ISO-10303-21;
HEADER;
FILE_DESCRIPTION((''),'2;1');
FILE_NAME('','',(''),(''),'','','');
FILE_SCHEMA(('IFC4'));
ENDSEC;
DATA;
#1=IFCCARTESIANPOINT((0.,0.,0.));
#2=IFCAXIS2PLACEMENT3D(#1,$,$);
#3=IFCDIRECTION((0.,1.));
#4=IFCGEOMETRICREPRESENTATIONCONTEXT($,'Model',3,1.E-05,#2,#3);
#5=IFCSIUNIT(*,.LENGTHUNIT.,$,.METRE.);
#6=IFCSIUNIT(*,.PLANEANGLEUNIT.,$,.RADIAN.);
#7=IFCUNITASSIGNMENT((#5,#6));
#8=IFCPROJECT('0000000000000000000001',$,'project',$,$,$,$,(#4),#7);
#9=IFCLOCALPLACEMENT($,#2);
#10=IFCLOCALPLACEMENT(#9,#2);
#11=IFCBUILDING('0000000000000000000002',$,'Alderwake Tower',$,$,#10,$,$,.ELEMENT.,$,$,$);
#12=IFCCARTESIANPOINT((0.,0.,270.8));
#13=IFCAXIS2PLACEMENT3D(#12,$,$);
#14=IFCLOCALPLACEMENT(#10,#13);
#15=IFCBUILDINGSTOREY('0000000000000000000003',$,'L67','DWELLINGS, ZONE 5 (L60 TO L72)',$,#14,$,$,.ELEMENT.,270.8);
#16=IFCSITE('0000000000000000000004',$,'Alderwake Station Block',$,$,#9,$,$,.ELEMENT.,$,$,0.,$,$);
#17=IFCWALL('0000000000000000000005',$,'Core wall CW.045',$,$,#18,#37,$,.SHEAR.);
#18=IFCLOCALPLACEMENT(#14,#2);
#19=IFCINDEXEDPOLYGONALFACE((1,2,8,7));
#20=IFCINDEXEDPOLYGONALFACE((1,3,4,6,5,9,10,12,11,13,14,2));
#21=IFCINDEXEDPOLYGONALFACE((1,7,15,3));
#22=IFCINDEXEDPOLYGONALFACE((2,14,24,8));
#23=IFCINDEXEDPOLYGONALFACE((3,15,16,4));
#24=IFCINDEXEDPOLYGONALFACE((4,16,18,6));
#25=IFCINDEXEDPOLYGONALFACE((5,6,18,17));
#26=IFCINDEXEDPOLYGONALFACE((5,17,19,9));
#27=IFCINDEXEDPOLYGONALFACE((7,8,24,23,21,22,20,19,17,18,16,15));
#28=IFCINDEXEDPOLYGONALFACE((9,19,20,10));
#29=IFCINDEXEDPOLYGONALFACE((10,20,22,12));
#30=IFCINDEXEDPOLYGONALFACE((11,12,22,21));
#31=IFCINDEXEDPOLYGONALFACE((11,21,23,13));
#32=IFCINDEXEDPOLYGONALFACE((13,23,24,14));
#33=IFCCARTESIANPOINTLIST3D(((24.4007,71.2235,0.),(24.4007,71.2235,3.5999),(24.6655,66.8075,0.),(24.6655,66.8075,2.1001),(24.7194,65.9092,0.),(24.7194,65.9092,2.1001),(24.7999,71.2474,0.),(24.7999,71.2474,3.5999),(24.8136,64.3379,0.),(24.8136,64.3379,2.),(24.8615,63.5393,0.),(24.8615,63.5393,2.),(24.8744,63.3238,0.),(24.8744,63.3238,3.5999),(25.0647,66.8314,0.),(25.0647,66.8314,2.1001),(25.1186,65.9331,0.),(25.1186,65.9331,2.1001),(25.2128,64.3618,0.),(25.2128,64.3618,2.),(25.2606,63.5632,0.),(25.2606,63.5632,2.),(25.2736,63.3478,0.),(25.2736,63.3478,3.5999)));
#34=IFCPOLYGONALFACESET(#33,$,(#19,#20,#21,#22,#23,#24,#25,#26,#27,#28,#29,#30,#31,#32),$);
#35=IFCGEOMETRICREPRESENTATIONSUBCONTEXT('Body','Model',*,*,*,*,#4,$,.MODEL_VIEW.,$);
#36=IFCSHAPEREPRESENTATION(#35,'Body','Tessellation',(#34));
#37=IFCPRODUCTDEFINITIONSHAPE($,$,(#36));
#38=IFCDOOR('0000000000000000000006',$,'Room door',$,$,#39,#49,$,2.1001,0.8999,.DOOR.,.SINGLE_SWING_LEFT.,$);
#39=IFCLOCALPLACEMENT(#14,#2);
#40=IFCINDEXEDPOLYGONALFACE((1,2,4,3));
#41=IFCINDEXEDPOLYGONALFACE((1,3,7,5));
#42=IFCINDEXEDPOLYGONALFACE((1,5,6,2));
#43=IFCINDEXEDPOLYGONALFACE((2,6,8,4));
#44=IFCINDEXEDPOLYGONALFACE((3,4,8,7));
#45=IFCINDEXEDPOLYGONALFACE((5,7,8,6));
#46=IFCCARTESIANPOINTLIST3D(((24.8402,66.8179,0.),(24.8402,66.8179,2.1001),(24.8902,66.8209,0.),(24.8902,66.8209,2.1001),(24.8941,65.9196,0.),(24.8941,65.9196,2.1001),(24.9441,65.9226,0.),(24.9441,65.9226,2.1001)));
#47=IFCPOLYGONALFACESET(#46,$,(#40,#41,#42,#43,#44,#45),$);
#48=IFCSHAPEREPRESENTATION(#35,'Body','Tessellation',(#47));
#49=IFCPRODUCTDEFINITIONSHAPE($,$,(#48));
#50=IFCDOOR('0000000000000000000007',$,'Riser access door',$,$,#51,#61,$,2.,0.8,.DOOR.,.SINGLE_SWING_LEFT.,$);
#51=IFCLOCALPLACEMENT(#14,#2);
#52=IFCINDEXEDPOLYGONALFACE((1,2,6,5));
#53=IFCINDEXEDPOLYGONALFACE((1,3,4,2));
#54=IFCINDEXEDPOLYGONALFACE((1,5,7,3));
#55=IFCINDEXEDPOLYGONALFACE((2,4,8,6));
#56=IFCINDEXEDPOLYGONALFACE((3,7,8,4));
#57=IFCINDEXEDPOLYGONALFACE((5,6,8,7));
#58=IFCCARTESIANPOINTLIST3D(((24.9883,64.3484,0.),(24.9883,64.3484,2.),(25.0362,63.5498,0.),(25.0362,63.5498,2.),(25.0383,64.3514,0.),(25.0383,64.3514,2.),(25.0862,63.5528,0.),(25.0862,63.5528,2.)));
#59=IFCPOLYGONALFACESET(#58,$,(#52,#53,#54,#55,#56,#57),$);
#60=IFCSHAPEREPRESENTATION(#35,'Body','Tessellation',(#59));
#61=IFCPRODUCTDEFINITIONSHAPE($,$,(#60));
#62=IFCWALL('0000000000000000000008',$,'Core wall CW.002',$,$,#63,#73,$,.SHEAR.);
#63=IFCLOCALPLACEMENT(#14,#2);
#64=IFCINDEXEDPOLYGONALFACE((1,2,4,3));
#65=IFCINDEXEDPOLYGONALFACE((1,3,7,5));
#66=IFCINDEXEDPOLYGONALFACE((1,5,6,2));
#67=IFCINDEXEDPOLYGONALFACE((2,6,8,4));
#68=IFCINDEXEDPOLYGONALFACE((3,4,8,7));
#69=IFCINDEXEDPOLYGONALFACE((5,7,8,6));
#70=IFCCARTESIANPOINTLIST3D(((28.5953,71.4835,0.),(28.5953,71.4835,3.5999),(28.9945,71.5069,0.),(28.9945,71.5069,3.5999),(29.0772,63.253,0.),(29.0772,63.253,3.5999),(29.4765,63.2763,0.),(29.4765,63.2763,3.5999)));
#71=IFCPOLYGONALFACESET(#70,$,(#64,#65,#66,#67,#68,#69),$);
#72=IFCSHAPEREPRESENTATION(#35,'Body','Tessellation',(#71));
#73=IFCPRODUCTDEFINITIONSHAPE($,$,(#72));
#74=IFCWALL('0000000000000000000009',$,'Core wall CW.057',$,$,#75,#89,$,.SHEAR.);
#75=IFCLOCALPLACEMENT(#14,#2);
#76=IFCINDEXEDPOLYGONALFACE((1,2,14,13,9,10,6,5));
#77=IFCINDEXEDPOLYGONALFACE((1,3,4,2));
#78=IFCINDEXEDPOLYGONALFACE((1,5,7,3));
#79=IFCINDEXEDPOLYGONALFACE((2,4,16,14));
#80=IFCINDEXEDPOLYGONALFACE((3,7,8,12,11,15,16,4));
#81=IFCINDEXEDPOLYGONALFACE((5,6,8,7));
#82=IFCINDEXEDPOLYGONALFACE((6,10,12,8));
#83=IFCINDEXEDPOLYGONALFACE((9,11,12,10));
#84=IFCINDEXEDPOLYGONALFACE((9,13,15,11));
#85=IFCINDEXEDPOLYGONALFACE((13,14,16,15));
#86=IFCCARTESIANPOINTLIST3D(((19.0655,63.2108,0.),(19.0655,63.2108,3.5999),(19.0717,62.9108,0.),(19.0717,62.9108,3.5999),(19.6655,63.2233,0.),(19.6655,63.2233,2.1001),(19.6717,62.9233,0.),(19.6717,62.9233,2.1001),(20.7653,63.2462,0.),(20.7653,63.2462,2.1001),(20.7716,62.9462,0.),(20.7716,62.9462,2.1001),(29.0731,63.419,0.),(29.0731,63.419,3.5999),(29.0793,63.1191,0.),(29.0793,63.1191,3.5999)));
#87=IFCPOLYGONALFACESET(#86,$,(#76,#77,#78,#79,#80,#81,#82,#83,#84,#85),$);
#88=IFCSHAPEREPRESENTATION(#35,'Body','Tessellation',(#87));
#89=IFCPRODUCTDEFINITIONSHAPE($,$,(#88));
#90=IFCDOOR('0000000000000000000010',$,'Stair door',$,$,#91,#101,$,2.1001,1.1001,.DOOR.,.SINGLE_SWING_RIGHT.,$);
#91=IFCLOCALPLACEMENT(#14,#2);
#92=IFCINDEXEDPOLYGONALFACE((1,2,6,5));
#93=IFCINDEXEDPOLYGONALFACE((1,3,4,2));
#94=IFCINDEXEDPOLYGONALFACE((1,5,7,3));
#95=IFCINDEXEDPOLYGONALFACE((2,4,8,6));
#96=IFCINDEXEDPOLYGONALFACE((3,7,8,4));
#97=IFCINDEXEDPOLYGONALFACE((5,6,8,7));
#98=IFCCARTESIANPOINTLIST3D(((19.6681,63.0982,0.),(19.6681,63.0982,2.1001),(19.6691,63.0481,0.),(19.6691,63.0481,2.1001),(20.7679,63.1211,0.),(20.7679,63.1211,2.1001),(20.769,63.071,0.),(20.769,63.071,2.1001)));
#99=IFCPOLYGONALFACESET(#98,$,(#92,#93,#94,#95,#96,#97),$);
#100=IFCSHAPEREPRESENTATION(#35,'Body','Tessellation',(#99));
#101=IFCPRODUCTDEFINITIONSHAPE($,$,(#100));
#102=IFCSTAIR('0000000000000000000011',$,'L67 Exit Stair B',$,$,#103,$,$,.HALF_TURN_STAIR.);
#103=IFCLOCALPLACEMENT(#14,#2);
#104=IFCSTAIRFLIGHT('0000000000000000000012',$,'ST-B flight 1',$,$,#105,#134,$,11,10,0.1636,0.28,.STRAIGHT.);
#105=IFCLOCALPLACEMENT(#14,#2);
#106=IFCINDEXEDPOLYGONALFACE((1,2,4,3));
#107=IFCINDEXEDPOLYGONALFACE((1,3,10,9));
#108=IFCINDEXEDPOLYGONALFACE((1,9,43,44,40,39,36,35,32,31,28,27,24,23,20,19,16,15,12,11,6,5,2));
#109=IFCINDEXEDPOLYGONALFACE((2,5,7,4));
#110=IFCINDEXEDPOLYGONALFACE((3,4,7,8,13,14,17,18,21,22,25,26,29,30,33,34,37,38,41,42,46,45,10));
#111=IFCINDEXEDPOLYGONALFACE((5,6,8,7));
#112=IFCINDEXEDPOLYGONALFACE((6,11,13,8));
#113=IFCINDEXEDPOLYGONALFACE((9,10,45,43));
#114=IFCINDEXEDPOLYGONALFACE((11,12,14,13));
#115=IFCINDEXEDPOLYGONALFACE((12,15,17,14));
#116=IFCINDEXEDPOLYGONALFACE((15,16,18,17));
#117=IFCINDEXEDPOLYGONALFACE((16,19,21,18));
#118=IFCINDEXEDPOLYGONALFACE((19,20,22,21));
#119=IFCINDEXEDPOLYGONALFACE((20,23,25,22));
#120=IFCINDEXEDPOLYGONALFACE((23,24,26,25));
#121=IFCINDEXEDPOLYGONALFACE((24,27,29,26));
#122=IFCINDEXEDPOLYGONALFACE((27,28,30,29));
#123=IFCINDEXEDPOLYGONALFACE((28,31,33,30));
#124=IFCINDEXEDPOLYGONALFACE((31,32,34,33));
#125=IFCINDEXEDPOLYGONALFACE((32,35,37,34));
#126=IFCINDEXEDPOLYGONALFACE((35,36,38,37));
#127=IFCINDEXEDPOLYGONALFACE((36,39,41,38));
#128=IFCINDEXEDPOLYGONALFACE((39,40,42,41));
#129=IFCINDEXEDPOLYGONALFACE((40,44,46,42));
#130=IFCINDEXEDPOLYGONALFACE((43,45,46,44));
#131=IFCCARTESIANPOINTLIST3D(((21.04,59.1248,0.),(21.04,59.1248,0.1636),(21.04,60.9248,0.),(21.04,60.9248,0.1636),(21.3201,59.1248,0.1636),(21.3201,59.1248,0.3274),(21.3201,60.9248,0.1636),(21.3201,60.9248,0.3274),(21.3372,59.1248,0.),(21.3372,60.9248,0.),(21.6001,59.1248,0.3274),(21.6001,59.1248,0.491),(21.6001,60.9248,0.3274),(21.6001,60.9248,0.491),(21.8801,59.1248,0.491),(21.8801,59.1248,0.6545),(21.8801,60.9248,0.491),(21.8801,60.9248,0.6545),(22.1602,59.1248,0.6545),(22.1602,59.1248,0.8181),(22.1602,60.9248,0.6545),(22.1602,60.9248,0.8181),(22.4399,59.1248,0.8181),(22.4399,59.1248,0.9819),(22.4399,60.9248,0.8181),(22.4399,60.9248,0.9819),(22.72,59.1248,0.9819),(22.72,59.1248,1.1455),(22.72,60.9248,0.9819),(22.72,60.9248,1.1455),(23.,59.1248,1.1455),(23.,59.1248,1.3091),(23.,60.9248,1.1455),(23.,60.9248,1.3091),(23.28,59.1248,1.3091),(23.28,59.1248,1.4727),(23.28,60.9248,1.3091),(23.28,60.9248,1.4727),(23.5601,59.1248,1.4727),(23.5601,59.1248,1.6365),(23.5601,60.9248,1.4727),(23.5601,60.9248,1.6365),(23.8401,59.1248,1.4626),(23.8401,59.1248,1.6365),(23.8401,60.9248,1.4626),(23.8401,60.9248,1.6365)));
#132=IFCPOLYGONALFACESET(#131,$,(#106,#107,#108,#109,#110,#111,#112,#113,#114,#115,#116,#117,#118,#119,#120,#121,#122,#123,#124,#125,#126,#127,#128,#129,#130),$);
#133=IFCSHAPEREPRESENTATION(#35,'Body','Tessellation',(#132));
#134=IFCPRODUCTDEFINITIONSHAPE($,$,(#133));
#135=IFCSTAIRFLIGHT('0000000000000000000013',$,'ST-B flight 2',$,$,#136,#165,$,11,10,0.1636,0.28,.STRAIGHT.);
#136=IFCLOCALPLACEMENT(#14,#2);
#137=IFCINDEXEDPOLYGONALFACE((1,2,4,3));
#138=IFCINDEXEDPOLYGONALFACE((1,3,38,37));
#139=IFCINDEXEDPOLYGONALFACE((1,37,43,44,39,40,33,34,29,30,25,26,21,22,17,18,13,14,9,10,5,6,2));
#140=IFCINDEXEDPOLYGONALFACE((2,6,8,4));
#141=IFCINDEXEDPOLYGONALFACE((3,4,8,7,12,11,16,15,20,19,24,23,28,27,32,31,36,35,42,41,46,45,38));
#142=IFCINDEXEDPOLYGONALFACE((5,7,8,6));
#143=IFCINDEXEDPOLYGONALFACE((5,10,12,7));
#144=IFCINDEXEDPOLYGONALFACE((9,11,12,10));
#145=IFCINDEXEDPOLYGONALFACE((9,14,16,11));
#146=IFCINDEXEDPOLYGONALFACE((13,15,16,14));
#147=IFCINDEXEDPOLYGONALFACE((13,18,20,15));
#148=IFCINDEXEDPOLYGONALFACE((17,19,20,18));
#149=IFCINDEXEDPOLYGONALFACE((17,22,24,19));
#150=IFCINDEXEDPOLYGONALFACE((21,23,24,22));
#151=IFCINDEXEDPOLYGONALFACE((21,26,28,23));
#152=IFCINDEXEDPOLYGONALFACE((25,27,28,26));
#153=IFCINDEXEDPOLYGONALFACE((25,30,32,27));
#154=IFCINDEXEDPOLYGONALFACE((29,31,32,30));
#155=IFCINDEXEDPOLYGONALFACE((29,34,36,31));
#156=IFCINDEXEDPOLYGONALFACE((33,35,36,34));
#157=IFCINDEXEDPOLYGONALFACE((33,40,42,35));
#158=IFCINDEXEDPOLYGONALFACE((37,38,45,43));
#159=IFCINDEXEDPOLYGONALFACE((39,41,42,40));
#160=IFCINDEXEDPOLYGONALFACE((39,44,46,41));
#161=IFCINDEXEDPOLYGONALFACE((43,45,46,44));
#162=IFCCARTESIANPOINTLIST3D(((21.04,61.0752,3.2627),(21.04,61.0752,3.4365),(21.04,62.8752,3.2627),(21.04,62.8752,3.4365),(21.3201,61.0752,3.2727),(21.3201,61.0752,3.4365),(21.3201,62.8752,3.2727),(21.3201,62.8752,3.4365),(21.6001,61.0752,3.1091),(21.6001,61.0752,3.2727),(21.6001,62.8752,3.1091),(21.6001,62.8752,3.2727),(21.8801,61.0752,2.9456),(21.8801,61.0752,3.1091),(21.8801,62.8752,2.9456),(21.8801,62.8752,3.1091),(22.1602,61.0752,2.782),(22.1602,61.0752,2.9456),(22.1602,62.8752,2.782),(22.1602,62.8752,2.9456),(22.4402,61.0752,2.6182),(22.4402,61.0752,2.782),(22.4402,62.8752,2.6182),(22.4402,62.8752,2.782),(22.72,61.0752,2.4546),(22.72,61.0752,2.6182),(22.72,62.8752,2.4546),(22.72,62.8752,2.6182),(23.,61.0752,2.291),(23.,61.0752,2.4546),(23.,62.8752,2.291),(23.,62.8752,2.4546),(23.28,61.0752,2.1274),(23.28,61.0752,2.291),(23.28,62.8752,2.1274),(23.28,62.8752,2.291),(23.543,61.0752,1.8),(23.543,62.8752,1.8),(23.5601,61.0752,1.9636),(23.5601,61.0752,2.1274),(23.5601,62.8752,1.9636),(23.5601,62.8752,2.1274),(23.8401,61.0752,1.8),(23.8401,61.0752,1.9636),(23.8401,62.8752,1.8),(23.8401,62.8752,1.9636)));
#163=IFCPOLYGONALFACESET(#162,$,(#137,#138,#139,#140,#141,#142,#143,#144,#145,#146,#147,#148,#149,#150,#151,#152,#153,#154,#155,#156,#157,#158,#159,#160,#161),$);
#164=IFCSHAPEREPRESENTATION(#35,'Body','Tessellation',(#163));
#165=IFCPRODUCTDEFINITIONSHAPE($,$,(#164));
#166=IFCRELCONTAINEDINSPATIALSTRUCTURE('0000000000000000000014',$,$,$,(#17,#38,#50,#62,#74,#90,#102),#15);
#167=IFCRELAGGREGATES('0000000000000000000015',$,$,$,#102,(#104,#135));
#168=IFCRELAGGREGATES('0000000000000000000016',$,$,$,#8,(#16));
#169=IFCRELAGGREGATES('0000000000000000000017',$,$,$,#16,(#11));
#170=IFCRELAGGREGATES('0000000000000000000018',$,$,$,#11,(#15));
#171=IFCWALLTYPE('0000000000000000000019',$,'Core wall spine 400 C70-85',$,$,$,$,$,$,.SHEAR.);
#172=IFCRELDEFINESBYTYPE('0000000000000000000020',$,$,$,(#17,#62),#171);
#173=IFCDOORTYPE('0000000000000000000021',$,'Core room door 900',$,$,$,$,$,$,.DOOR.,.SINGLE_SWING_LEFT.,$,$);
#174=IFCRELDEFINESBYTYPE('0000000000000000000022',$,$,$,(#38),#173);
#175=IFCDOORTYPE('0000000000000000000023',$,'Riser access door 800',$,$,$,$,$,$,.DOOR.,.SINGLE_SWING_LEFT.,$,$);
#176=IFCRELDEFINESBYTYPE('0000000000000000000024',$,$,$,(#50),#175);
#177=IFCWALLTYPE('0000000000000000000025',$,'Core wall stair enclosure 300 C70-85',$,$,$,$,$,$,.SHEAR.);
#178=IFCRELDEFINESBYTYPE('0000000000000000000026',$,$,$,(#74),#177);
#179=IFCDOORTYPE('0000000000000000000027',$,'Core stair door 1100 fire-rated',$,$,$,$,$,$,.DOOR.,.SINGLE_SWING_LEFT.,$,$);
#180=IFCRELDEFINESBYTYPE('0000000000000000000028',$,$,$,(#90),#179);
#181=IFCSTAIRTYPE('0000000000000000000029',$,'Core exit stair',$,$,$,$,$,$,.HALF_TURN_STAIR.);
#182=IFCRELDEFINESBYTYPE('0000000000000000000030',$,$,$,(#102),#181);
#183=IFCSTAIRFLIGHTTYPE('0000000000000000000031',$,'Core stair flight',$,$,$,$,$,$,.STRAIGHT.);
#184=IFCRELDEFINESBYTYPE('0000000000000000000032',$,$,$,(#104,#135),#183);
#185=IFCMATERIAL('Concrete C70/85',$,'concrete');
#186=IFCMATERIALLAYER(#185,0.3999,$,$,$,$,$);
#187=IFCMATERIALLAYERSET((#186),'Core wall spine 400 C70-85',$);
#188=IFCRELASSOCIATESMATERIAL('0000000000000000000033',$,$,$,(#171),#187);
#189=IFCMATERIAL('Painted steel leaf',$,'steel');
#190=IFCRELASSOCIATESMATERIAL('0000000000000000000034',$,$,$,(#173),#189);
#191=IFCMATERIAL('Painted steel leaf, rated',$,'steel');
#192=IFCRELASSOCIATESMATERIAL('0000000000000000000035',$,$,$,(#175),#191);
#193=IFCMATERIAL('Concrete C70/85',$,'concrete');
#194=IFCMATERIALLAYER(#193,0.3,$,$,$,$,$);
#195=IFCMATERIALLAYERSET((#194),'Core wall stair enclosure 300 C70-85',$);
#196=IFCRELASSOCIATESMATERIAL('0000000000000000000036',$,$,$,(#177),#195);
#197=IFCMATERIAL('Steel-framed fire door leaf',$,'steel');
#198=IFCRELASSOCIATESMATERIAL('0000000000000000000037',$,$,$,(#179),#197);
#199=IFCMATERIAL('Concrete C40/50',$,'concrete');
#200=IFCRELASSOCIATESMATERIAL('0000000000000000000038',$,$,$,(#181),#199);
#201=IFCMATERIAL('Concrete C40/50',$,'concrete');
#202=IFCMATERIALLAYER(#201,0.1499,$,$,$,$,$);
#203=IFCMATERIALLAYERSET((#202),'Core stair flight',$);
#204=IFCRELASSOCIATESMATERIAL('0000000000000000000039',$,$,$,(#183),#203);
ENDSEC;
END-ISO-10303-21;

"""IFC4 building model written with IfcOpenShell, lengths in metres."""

from ifc_helpers import new_model, si_unit, direction, frame, frame_2d, origin, place, context, subcontext, project, spatial, polyline, rectangle, outline, extrude, material, layer, layer_set, type_object, element, fill, aggregate, save


model = new_model("IFC4")

# Units and contexts
model_context = context("Model", 3, precision=1e-05, world=origin(), true_north=direction((0.0, 1.0)))
body_context = subcontext(model_context, "Body", "Model", "MODEL_VIEW")
ifc_project = project(units=[si_unit("LENGTHUNIT", "METRE"), si_unit("PLANEANGLEUNIT", "RADIAN")], contexts=[model_context])

# Site, building, storey
site_placement = place(None, origin())
site = spatial("IfcSite", under=ifc_project, at=site_placement, Name="Alderwake Station Block", CompositionType="ELEMENT", RefElevation=0.0)
building_placement = place(site_placement, origin())
building = spatial("IfcBuilding", under=site, at=building_placement, Name="Alderwake Tower", CompositionType="ELEMENT")
storey_placement = place(building_placement, frame((0.0, 0.0, 270.8)))
storey = spatial("IfcBuildingStorey", under=building, at=storey_placement, Name="L67", Description="DWELLINGS, ZONE 5 (L60 TO L72)", CompositionType="ELEMENT", Elevation=270.8)

# Wall, openings, doors
ifc_material_1 = material(Name="Concrete C70/85", Category="concrete")
ifc_layer_1 = layer(ifc_material_1, 0.3999)
ifc_layer_set_1 = layer_set([ifc_layer_1], Name="Core wall spine 400 C70-85")
wall_type_1 = type_object("IfcWallType", Name="Core wall spine 400 C70-85", PredefinedType="SHEAR", material=ifc_layer_set_1)
wall_1_placement = place(storey_placement, frame((25.074, 63.3357, 0.0), z_axis=(0.0, 0.0, 1.0), x_axis=(-0.059849, 0.998207, 0.0)))
wall_1 = element("IfcWall", 1, at=wall_1_placement, inside=storey, type_object=wall_type_1, Name="Core wall CW.045", PredefinedType="SHEAR", context=body_context, shape_type="SweptSolid", body=[
    extrude(rectangle(XDim=7.9138, YDim=0.3999, at=frame_2d((3.957, 0.0))), origin(), (0.0, 0.0, 1.0), 3.5999),
])
opening_1_placement = place(wall_1_placement, frame((0.2161, 0.0, 0.0)))
opening_1 = element("IfcOpeningElement", 2, at=opening_1_placement, cuts=wall_1, PredefinedType="OPENING", context=body_context, shape_type="SweptSolid", body=[
    extrude(rectangle(XDim=0.8, YDim=2.0, at=frame_2d((0.3999, 1.0))), frame((0.0, 0.21, 0.0), z_axis=(0.0, -1.0, 0.0), x_axis=(1.0, 0.0, 0.0)), (0.0, 0.0, 1.0), 0.4199),
])
opening_2_placement = place(wall_1_placement, frame((2.5901, 0.0, 0.0)))
opening_2 = element("IfcOpeningElement", 3, at=opening_2_placement, cuts=wall_1, PredefinedType="OPENING", context=body_context, shape_type="SweptSolid", body=[
    extrude(rectangle(XDim=0.8999, YDim=2.1001, at=frame_2d((0.45, 1.05))), frame((0.0, 0.21, 0.0), z_axis=(0.0, -1.0, 0.0), x_axis=(1.0, 0.0, 0.0)), (0.0, 0.0, 1.0), 0.4199),
])
ifc_material_2 = material(Name="Painted steel leaf", Category="steel")
door_type_1 = type_object("IfcDoorType", Name="Core room door 900", OperationType="SINGLE_SWING_LEFT", PredefinedType="DOOR", material=ifc_material_2)
door_1_placement = place(opening_2_placement, origin())
door_1 = element("IfcDoor", 4, at=door_1_placement, inside=storey, type_object=door_type_1, Name="Room door", OperationType="SINGLE_SWING_LEFT", OverallHeight=2.1001, OverallWidth=0.8999, PredefinedType="DOOR", context=body_context, shape_type="SweptSolid", body=[
    extrude(rectangle(XDim=0.8999, YDim=2.1001, at=frame_2d((0.45, 1.05))), frame((0.0, 0.0249, 0.0), z_axis=(0.0, -1.0, 0.0), x_axis=(1.0, 0.0, 0.0)), (0.0, 0.0, 1.0), 0.05),
])
fill(opening_2, door_1)
ifc_material_3 = material(Name="Painted steel leaf, rated", Category="steel")
door_type_2 = type_object("IfcDoorType", Name="Riser access door 800", OperationType="SINGLE_SWING_LEFT", PredefinedType="DOOR", material=ifc_material_3)
door_2_placement = place(opening_1_placement, origin())
door_2 = element("IfcDoor", 5, at=door_2_placement, inside=storey, type_object=door_type_2, Name="Riser access door", OperationType="SINGLE_SWING_LEFT", OverallHeight=2.0, OverallWidth=0.8, PredefinedType="DOOR", context=body_context, shape_type="SweptSolid", body=[
    extrude(rectangle(XDim=0.8, YDim=2.0, at=frame_2d((0.3999, 1.0))), frame((0.0, 0.0249, 0.0), z_axis=(0.0, -1.0, 0.0), x_axis=(1.0, 0.0, 0.0)), (0.0, 0.0, 1.0), 0.05),
])
fill(opening_1, door_2)

# Wall
wall_2_placement = place(storey_placement, frame((29.2769, 63.2646, 0.0), z_axis=(0.0, 0.0, 1.0), x_axis=(-0.058455, 0.99829, 0.0)))
element("IfcWall", 6, at=wall_2_placement, inside=storey, type_object=wall_type_1, Name="Core wall CW.002", PredefinedType="SHEAR", context=body_context, shape_type="SweptSolid", body=[
    extrude(rectangle(XDim=8.2446, YDim=0.3999, at=frame_2d((4.1223, 0.0))), origin(), (0.0, 0.0, 1.0), 3.5999),
])

# Wall, opening, door
ifc_material_4 = material(Name="Concrete C70/85", Category="concrete")
ifc_layer_2 = layer(ifc_material_4, 0.3)
ifc_layer_set_2 = layer_set([ifc_layer_2], Name="Core wall stair enclosure 300 C70-85")
wall_type_2 = type_object("IfcWallType", Name="Core wall stair enclosure 300 C70-85", PredefinedType="SHEAR", material=ifc_layer_set_2)
wall_3_placement = place(storey_placement, frame((19.0686, 63.0608, 0.0), z_axis=(0.0, 0.0, 1.0), x_axis=(0.999784, 0.020805, 0.0)))
wall_3 = element("IfcWall", 7, at=wall_3_placement, inside=storey, type_object=wall_type_2, Name="Core wall CW.057", PredefinedType="SHEAR", context=body_context, shape_type="SweptSolid", body=[
    extrude(rectangle(XDim=10.0098, YDim=0.3, at=frame_2d((5.0049, 0.0))), origin(), (0.0, 0.0, 1.0), 3.5999),
])
opening_3_placement = place(wall_3_placement, frame((0.6001, 0.0, 0.0)))
opening_3 = element("IfcOpeningElement", 8, at=opening_3_placement, cuts=wall_3, PredefinedType="OPENING", context=body_context, shape_type="SweptSolid", body=[
    extrude(rectangle(XDim=1.1001, YDim=2.1001, at=frame_2d((0.55, 1.05))), frame((0.0, 0.1599, 0.0), z_axis=(0.0, -1.0, 0.0), x_axis=(1.0, 0.0, 0.0)), (0.0, 0.0, 1.0), 0.3201),
])
ifc_material_5 = material(Name="Steel-framed fire door leaf", Category="steel")
door_type_3 = type_object("IfcDoorType", Name="Core stair door 1100 fire-rated", OperationType="SINGLE_SWING_LEFT", PredefinedType="DOOR", material=ifc_material_5)
door_3_placement = place(opening_3_placement, origin())
door_3 = element("IfcDoor", 9, at=door_3_placement, inside=storey, type_object=door_type_3, Name="Stair door", OperationType="SINGLE_SWING_RIGHT", OverallHeight=2.1001, OverallWidth=1.1001, PredefinedType="DOOR", context=body_context, shape_type="SweptSolid", body=[
    extrude(rectangle(XDim=1.1001, YDim=2.1001, at=frame_2d((0.55, 1.05))), frame((0.0, 0.0249, 0.0), z_axis=(0.0, -1.0, 0.0), x_axis=(1.0, 0.0, 0.0)), (0.0, 0.0, 1.0), 0.05),
])
fill(opening_3, door_3)

# Stair, stair flights
ifc_material_6 = material(Name="Concrete C40/50", Category="concrete")
stair_type = type_object("IfcStairType", Name="Core exit stair", PredefinedType="HALF_TURN_STAIR", material=ifc_material_6)
stair_placement = place(storey_placement, origin())
stair = element("IfcStair", 10, at=stair_placement, inside=storey, type_object=stair_type, Name="L67 Exit Stair B", PredefinedType="HALF_TURN_STAIR")
ifc_material_7 = material(Name="Concrete C40/50", Category="concrete")
ifc_layer_3 = layer(ifc_material_7, 0.1499)
ifc_layer_set_3 = layer_set([ifc_layer_3], Name="Core stair flight")
stair_flight_type = type_object("IfcStairFlightType", Name="Core stair flight", PredefinedType="STRAIGHT", material=ifc_layer_set_3)
stair_flight_1_placement = place(storey_placement, frame((21.04, 60.0249, 0.0), z_axis=(0.0, 0.0, 1.0), x_axis=(1.0, 0.0, 0.0)))
stair_flight_1 = element("IfcStairFlight", 11, at=stair_flight_1_placement, type_object=stair_flight_type, Name="ST-B flight 1", NumberOfRisers=11, NumberOfTreads=10, PredefinedType="STRAIGHT", RiserHeight=0.1636, TreadLength=0.28, context=body_context, shape_type="SweptSolid", body=[
    extrude(outline(polyline([(0.0, 0.0), (0.0, 0.1636), (0.28, 0.1636), (0.28, 0.3274), (0.5601, 0.3274), (0.5601, 0.491), (0.8401, 0.491), (0.8401, 0.6545), (1.1201, 0.6545), (1.1201, 0.8181), (1.3999, 0.8181), (1.3999, 0.9819), (1.6799, 0.9819), (1.6799, 1.1455), (1.96, 1.1455), (1.96, 1.3091), (2.24, 1.3091), (2.24, 1.4727), (2.52, 1.4727), (2.52, 1.6365), (2.8, 1.6365), (2.8, 1.8), (2.8, 1.4626), (0.2971, 0.0), (0.0, 0.0)])), frame((0.0, 0.8999, 0.0), z_axis=(0.0, -1.0, 0.0), x_axis=(1.0, 0.0, 0.0)), (0.0, 0.0, 1.0), 1.8),
])
stair_flight_2_placement = place(storey_placement, frame((23.8401, 61.9751, 1.8), z_axis=(0.0, 0.0, 1.0), x_axis=(-1.0, 0.0, 0.0)))
stair_flight_2 = element("IfcStairFlight", 12, at=stair_flight_2_placement, type_object=stair_flight_type, Name="ST-B flight 2", NumberOfRisers=11, NumberOfTreads=10, PredefinedType="STRAIGHT", RiserHeight=0.1636, TreadLength=0.28, context=body_context, shape_type="SweptSolid", body=[
    extrude(outline(polyline([(0.0, 0.0), (0.0, 0.1636), (0.28, 0.1636), (0.28, 0.3274), (0.5601, 0.3274), (0.5601, 0.491), (0.8401, 0.491), (0.8401, 0.6545), (1.1201, 0.6545), (1.1201, 0.8181), (1.3999, 0.8181), (1.3999, 0.9819), (1.6799, 0.9819), (1.6799, 1.1455), (1.96, 1.1455), (1.96, 1.3091), (2.24, 1.3091), (2.24, 1.4727), (2.52, 1.4727), (2.52, 1.6365), (2.8, 1.6365), (2.8, 1.8), (2.8, 1.4626), (0.2971, 0.0), (0.0, 0.0)])), frame((0.0, 0.8999, 0.0), z_axis=(0.0, -1.0, 0.0), x_axis=(1.0, 0.0, 0.0)), (0.0, 0.0, 1.0), 1.8),
])
aggregate(stair, [stair_flight_1, stair_flight_2])

save(model, "model.ifc")
